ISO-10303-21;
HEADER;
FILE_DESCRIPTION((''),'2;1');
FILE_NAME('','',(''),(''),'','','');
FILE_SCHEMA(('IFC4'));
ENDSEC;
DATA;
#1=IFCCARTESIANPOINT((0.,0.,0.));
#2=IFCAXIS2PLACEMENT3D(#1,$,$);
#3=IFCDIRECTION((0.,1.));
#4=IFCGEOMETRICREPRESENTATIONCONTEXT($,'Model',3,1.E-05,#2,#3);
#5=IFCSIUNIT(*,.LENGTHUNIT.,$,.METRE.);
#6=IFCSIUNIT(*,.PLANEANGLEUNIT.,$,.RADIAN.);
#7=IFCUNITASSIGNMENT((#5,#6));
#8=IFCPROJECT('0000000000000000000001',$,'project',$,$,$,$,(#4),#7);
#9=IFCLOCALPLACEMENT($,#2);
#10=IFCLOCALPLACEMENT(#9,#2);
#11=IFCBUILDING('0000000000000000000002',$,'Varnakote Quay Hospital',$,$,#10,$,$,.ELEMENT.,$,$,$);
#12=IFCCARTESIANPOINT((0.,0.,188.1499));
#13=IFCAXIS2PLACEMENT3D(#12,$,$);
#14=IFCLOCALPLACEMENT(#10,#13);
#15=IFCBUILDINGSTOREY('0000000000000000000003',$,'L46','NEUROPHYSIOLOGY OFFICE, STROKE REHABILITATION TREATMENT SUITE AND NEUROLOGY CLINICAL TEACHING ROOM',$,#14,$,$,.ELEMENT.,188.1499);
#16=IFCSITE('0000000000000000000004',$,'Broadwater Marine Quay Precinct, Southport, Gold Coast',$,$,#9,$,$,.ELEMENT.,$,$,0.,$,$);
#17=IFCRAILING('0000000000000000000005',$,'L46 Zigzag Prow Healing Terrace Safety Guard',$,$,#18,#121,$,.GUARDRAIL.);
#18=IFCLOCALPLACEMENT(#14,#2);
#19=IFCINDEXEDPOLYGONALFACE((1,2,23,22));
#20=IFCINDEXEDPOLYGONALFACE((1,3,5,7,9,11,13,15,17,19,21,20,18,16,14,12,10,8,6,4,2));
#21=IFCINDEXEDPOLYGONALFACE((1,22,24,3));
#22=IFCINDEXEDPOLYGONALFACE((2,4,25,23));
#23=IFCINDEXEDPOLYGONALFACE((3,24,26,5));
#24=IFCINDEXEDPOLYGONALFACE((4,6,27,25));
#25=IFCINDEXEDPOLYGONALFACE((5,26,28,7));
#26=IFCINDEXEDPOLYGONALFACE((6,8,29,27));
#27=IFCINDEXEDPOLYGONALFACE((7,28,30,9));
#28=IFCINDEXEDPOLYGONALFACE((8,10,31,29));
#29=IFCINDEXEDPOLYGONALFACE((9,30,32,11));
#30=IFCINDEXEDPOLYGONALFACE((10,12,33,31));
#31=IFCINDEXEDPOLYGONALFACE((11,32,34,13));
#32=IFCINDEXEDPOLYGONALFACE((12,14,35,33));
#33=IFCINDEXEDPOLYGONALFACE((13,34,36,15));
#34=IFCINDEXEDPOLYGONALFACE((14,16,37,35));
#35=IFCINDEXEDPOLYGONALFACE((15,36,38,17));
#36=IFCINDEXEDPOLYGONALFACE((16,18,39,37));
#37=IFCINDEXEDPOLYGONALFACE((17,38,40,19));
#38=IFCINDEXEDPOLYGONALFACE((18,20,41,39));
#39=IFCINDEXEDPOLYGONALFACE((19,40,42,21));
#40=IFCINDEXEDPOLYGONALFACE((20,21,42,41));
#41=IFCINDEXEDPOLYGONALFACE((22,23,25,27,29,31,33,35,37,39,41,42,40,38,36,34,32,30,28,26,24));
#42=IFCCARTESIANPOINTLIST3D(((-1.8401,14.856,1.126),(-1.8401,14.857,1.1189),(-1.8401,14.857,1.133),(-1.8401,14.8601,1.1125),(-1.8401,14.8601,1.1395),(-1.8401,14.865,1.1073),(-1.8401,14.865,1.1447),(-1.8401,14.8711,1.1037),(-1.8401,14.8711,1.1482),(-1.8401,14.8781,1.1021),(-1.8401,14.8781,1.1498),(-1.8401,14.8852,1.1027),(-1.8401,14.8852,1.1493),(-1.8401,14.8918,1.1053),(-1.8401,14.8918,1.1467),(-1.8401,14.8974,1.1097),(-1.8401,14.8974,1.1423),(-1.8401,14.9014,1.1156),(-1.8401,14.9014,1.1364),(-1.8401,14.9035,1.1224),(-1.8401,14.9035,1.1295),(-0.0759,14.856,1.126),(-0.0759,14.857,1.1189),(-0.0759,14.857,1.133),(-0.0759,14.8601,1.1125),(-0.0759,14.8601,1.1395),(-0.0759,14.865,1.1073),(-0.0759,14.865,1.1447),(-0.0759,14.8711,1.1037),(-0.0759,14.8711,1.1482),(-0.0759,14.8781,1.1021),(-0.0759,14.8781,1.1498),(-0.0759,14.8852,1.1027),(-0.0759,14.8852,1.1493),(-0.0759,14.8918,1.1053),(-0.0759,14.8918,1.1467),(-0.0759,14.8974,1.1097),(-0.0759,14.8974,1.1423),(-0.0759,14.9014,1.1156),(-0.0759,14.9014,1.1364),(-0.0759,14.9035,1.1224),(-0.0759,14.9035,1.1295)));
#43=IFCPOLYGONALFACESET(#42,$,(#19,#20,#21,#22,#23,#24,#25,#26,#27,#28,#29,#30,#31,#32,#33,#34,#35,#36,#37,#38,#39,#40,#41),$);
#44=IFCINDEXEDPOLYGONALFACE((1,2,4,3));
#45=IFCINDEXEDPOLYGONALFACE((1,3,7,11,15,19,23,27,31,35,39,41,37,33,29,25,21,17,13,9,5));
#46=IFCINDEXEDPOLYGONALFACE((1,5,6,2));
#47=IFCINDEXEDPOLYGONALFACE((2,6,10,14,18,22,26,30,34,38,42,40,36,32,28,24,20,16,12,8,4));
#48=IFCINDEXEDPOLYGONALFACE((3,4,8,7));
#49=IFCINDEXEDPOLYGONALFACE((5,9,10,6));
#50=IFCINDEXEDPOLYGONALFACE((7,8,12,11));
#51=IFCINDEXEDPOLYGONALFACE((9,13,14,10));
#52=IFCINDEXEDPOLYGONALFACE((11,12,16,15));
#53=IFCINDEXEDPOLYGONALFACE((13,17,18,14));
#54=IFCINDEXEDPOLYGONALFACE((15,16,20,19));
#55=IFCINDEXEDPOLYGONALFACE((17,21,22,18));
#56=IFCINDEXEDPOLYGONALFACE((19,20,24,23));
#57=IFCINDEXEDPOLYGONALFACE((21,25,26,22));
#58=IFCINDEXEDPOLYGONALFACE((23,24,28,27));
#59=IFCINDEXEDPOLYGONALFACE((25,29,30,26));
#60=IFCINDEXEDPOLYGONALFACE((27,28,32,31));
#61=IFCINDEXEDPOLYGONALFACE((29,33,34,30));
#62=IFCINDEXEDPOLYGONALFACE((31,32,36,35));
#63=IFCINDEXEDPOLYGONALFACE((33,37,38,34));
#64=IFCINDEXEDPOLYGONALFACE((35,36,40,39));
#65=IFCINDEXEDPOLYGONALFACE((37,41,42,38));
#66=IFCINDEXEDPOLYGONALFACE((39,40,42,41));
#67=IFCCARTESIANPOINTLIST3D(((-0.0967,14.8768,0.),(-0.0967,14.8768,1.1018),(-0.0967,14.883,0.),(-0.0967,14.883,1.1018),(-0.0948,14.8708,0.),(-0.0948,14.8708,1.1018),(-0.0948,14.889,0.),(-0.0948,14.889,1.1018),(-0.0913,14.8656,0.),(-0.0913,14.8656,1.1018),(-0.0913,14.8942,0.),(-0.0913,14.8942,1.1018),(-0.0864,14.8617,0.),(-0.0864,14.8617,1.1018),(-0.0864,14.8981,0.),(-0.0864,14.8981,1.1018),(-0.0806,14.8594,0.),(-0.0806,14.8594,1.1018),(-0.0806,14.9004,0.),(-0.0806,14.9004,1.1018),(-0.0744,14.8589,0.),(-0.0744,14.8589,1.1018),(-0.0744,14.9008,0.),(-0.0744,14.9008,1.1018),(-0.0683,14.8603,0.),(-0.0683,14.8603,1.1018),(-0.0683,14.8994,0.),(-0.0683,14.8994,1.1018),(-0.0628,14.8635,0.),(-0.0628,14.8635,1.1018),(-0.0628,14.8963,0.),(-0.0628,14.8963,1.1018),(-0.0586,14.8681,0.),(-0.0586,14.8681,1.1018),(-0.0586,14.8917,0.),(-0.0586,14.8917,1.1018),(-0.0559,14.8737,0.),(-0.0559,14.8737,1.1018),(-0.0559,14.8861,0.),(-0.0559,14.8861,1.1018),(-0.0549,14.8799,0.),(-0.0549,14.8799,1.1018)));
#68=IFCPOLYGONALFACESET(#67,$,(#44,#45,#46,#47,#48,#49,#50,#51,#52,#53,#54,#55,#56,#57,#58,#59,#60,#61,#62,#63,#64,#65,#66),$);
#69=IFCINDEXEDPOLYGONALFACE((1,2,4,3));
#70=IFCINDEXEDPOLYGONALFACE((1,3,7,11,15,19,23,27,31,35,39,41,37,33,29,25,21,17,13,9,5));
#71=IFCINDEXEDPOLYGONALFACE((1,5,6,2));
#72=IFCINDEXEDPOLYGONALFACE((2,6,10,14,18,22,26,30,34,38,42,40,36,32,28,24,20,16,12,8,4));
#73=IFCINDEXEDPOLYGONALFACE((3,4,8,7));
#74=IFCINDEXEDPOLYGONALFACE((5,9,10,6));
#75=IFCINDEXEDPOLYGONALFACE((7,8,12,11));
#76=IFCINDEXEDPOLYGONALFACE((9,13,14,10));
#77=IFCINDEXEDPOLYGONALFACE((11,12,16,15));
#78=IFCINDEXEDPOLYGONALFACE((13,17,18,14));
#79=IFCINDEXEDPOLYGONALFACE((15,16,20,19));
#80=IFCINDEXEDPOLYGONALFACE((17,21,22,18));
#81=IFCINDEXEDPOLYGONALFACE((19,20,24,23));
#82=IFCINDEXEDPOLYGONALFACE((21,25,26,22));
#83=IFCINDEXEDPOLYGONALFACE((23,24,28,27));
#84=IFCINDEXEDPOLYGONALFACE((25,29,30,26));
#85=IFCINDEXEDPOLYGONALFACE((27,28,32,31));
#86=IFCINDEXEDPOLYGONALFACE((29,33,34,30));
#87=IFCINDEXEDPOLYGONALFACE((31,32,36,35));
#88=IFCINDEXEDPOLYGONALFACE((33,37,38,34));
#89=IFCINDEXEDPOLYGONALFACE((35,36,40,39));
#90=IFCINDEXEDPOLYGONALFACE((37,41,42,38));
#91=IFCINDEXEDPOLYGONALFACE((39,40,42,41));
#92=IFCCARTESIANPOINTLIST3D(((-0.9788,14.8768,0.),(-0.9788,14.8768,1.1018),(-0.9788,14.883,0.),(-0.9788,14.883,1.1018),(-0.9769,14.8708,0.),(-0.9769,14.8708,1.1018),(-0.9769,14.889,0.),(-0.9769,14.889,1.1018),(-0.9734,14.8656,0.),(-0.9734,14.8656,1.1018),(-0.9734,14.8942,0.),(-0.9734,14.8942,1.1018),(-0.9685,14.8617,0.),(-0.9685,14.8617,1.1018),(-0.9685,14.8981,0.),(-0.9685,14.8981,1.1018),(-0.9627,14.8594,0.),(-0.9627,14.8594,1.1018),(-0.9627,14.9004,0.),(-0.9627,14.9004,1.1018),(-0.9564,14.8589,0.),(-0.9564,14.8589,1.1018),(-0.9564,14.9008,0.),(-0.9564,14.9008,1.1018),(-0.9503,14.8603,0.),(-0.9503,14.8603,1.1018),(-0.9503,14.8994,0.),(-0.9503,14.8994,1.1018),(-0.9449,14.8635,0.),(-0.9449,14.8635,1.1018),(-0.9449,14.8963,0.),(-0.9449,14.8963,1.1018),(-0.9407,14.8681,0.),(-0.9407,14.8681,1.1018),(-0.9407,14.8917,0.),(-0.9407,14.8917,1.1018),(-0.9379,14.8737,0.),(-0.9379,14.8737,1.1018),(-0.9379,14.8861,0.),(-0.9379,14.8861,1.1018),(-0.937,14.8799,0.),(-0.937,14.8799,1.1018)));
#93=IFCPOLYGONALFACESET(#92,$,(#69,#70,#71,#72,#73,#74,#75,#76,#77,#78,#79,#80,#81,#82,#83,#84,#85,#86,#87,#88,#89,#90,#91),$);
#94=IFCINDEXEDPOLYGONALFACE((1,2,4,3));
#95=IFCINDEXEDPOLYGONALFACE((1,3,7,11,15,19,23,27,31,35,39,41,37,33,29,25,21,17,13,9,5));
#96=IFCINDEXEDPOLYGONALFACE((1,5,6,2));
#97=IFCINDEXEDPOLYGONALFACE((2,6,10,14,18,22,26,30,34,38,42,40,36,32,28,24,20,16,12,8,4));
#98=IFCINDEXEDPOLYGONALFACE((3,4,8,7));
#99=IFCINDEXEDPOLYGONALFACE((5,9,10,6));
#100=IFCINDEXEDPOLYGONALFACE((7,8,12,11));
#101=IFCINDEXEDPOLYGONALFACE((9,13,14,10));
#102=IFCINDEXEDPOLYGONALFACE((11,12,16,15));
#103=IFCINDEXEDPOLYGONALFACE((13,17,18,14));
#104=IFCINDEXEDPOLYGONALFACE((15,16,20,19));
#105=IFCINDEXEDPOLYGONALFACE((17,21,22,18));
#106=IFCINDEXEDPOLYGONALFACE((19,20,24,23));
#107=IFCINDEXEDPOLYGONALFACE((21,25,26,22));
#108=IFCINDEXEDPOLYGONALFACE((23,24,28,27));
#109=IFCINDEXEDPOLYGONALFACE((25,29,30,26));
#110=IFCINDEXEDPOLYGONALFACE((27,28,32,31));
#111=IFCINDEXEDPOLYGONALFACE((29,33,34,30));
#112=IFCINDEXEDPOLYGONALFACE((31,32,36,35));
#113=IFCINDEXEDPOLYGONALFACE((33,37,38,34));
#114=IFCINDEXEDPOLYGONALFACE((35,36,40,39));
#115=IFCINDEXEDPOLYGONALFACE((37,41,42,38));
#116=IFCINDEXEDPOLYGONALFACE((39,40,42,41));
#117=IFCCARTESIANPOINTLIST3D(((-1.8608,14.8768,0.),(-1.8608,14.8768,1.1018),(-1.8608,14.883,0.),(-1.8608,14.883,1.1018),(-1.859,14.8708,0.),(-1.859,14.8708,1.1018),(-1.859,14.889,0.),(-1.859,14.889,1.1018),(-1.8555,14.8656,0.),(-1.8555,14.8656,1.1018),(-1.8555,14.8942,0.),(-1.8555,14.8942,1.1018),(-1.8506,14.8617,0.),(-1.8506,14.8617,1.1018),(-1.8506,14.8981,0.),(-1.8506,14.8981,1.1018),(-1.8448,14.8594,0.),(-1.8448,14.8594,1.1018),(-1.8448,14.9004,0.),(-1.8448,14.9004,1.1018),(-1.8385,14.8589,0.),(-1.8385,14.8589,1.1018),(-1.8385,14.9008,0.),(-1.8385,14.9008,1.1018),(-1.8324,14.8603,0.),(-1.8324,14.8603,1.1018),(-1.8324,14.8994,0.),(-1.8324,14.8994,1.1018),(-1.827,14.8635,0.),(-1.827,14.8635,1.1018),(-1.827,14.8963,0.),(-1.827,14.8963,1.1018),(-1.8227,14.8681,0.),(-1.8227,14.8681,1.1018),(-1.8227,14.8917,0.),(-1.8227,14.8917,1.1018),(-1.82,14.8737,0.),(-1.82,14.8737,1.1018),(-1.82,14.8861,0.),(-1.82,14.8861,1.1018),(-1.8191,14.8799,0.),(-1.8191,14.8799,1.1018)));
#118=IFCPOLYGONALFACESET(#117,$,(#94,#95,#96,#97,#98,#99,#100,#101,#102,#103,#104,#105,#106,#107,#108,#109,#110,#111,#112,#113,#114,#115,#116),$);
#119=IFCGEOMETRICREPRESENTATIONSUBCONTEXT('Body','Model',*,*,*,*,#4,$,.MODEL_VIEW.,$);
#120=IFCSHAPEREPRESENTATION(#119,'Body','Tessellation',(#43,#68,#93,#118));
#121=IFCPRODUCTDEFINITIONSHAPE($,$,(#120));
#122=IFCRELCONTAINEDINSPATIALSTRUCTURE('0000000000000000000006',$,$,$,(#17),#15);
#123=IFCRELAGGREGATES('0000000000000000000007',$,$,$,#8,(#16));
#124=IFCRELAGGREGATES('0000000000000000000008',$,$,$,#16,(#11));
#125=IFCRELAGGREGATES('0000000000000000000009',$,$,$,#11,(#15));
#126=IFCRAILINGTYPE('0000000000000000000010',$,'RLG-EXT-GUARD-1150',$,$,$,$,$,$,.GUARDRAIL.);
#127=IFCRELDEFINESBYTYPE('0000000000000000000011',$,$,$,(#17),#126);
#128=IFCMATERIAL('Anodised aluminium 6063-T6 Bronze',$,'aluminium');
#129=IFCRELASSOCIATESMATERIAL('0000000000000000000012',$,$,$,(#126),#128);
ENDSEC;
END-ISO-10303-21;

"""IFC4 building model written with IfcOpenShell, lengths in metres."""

from ifc_helpers import new_model, si_unit, direction, frame, origin, origin_2d, place, context, subcontext, project, spatial, circle, extrude, material, type_object, element, save


model = new_model("IFC4")

# Units and contexts
model_context = context("Model", 3, precision=1e-05, world=origin(), true_north=direction((0.0, 1.0)))
body_context = subcontext(model_context, "Body", "Model", "MODEL_VIEW")
ifc_project = project(units=[si_unit("LENGTHUNIT", "METRE"), si_unit("PLANEANGLEUNIT", "RADIAN")], contexts=[model_context])

# Site, building, storey
site_placement = place(None, origin())
site = spatial("IfcSite", under=ifc_project, at=site_placement, Name="Broadwater Marine Quay Precinct, Southport, Gold Coast", CompositionType="ELEMENT", RefElevation=0.0)
building_placement = place(site_placement, origin())
building = spatial("IfcBuilding", under=site, at=building_placement, Name="Varnakote Quay Hospital", CompositionType="ELEMENT")
storey_placement = place(building_placement, frame((0.0, 0.0, 188.1499)))
storey = spatial("IfcBuildingStorey", under=building, at=storey_placement, Name="L46", Description="NEUROPHYSIOLOGY OFFICE, STROKE REHABILITATION TREATMENT SUITE AND NEUROLOGY CLINICAL TEACHING ROOM", CompositionType="ELEMENT", Elevation=188.1499)

# Railing
ifc_material_1 = material(Name="Anodised aluminium 6063-T6 Bronze", Category="aluminium")
railing_type = type_object("IfcRailingType", Name="RLG-EXT-GUARD-1150", PredefinedType="GUARDRAIL", material=ifc_material_1)
railing_1_placement = place(storey_placement, frame((-0.0759, 14.8799, 0.0)))
element("IfcRailing", 1, at=railing_1_placement, inside=storey, type_object=railing_type, Name="L46 Zigzag Prow Healing Terrace Safety Guard", PredefinedType="GUARDRAIL", context=body_context, shape_type="SweptSolid", body=[
    extrude(circle(Radius=0.0239, at=origin_2d()), frame((0.0, 0.0, 1.126), z_axis=(-1.0, 0.0, 0.0), x_axis=(0.0, -1.0, 0.0)), (0.0, 0.0, 1.0), 1.7642),
    extrude(circle(Radius=0.021, at=origin_2d()), origin(), (0.0, 0.0, 1.0), 1.1018),
    extrude(circle(Radius=0.021, at=origin_2d()), frame((-0.8821, 0.0, 0.0)), (0.0, 0.0, 1.0), 1.1018),
    extrude(circle(Radius=0.021, at=origin_2d()), frame((-1.7642, 0.0, 0.0)), (0.0, 0.0, 1.0), 1.1018),
])

save(model, "model.ifc")
